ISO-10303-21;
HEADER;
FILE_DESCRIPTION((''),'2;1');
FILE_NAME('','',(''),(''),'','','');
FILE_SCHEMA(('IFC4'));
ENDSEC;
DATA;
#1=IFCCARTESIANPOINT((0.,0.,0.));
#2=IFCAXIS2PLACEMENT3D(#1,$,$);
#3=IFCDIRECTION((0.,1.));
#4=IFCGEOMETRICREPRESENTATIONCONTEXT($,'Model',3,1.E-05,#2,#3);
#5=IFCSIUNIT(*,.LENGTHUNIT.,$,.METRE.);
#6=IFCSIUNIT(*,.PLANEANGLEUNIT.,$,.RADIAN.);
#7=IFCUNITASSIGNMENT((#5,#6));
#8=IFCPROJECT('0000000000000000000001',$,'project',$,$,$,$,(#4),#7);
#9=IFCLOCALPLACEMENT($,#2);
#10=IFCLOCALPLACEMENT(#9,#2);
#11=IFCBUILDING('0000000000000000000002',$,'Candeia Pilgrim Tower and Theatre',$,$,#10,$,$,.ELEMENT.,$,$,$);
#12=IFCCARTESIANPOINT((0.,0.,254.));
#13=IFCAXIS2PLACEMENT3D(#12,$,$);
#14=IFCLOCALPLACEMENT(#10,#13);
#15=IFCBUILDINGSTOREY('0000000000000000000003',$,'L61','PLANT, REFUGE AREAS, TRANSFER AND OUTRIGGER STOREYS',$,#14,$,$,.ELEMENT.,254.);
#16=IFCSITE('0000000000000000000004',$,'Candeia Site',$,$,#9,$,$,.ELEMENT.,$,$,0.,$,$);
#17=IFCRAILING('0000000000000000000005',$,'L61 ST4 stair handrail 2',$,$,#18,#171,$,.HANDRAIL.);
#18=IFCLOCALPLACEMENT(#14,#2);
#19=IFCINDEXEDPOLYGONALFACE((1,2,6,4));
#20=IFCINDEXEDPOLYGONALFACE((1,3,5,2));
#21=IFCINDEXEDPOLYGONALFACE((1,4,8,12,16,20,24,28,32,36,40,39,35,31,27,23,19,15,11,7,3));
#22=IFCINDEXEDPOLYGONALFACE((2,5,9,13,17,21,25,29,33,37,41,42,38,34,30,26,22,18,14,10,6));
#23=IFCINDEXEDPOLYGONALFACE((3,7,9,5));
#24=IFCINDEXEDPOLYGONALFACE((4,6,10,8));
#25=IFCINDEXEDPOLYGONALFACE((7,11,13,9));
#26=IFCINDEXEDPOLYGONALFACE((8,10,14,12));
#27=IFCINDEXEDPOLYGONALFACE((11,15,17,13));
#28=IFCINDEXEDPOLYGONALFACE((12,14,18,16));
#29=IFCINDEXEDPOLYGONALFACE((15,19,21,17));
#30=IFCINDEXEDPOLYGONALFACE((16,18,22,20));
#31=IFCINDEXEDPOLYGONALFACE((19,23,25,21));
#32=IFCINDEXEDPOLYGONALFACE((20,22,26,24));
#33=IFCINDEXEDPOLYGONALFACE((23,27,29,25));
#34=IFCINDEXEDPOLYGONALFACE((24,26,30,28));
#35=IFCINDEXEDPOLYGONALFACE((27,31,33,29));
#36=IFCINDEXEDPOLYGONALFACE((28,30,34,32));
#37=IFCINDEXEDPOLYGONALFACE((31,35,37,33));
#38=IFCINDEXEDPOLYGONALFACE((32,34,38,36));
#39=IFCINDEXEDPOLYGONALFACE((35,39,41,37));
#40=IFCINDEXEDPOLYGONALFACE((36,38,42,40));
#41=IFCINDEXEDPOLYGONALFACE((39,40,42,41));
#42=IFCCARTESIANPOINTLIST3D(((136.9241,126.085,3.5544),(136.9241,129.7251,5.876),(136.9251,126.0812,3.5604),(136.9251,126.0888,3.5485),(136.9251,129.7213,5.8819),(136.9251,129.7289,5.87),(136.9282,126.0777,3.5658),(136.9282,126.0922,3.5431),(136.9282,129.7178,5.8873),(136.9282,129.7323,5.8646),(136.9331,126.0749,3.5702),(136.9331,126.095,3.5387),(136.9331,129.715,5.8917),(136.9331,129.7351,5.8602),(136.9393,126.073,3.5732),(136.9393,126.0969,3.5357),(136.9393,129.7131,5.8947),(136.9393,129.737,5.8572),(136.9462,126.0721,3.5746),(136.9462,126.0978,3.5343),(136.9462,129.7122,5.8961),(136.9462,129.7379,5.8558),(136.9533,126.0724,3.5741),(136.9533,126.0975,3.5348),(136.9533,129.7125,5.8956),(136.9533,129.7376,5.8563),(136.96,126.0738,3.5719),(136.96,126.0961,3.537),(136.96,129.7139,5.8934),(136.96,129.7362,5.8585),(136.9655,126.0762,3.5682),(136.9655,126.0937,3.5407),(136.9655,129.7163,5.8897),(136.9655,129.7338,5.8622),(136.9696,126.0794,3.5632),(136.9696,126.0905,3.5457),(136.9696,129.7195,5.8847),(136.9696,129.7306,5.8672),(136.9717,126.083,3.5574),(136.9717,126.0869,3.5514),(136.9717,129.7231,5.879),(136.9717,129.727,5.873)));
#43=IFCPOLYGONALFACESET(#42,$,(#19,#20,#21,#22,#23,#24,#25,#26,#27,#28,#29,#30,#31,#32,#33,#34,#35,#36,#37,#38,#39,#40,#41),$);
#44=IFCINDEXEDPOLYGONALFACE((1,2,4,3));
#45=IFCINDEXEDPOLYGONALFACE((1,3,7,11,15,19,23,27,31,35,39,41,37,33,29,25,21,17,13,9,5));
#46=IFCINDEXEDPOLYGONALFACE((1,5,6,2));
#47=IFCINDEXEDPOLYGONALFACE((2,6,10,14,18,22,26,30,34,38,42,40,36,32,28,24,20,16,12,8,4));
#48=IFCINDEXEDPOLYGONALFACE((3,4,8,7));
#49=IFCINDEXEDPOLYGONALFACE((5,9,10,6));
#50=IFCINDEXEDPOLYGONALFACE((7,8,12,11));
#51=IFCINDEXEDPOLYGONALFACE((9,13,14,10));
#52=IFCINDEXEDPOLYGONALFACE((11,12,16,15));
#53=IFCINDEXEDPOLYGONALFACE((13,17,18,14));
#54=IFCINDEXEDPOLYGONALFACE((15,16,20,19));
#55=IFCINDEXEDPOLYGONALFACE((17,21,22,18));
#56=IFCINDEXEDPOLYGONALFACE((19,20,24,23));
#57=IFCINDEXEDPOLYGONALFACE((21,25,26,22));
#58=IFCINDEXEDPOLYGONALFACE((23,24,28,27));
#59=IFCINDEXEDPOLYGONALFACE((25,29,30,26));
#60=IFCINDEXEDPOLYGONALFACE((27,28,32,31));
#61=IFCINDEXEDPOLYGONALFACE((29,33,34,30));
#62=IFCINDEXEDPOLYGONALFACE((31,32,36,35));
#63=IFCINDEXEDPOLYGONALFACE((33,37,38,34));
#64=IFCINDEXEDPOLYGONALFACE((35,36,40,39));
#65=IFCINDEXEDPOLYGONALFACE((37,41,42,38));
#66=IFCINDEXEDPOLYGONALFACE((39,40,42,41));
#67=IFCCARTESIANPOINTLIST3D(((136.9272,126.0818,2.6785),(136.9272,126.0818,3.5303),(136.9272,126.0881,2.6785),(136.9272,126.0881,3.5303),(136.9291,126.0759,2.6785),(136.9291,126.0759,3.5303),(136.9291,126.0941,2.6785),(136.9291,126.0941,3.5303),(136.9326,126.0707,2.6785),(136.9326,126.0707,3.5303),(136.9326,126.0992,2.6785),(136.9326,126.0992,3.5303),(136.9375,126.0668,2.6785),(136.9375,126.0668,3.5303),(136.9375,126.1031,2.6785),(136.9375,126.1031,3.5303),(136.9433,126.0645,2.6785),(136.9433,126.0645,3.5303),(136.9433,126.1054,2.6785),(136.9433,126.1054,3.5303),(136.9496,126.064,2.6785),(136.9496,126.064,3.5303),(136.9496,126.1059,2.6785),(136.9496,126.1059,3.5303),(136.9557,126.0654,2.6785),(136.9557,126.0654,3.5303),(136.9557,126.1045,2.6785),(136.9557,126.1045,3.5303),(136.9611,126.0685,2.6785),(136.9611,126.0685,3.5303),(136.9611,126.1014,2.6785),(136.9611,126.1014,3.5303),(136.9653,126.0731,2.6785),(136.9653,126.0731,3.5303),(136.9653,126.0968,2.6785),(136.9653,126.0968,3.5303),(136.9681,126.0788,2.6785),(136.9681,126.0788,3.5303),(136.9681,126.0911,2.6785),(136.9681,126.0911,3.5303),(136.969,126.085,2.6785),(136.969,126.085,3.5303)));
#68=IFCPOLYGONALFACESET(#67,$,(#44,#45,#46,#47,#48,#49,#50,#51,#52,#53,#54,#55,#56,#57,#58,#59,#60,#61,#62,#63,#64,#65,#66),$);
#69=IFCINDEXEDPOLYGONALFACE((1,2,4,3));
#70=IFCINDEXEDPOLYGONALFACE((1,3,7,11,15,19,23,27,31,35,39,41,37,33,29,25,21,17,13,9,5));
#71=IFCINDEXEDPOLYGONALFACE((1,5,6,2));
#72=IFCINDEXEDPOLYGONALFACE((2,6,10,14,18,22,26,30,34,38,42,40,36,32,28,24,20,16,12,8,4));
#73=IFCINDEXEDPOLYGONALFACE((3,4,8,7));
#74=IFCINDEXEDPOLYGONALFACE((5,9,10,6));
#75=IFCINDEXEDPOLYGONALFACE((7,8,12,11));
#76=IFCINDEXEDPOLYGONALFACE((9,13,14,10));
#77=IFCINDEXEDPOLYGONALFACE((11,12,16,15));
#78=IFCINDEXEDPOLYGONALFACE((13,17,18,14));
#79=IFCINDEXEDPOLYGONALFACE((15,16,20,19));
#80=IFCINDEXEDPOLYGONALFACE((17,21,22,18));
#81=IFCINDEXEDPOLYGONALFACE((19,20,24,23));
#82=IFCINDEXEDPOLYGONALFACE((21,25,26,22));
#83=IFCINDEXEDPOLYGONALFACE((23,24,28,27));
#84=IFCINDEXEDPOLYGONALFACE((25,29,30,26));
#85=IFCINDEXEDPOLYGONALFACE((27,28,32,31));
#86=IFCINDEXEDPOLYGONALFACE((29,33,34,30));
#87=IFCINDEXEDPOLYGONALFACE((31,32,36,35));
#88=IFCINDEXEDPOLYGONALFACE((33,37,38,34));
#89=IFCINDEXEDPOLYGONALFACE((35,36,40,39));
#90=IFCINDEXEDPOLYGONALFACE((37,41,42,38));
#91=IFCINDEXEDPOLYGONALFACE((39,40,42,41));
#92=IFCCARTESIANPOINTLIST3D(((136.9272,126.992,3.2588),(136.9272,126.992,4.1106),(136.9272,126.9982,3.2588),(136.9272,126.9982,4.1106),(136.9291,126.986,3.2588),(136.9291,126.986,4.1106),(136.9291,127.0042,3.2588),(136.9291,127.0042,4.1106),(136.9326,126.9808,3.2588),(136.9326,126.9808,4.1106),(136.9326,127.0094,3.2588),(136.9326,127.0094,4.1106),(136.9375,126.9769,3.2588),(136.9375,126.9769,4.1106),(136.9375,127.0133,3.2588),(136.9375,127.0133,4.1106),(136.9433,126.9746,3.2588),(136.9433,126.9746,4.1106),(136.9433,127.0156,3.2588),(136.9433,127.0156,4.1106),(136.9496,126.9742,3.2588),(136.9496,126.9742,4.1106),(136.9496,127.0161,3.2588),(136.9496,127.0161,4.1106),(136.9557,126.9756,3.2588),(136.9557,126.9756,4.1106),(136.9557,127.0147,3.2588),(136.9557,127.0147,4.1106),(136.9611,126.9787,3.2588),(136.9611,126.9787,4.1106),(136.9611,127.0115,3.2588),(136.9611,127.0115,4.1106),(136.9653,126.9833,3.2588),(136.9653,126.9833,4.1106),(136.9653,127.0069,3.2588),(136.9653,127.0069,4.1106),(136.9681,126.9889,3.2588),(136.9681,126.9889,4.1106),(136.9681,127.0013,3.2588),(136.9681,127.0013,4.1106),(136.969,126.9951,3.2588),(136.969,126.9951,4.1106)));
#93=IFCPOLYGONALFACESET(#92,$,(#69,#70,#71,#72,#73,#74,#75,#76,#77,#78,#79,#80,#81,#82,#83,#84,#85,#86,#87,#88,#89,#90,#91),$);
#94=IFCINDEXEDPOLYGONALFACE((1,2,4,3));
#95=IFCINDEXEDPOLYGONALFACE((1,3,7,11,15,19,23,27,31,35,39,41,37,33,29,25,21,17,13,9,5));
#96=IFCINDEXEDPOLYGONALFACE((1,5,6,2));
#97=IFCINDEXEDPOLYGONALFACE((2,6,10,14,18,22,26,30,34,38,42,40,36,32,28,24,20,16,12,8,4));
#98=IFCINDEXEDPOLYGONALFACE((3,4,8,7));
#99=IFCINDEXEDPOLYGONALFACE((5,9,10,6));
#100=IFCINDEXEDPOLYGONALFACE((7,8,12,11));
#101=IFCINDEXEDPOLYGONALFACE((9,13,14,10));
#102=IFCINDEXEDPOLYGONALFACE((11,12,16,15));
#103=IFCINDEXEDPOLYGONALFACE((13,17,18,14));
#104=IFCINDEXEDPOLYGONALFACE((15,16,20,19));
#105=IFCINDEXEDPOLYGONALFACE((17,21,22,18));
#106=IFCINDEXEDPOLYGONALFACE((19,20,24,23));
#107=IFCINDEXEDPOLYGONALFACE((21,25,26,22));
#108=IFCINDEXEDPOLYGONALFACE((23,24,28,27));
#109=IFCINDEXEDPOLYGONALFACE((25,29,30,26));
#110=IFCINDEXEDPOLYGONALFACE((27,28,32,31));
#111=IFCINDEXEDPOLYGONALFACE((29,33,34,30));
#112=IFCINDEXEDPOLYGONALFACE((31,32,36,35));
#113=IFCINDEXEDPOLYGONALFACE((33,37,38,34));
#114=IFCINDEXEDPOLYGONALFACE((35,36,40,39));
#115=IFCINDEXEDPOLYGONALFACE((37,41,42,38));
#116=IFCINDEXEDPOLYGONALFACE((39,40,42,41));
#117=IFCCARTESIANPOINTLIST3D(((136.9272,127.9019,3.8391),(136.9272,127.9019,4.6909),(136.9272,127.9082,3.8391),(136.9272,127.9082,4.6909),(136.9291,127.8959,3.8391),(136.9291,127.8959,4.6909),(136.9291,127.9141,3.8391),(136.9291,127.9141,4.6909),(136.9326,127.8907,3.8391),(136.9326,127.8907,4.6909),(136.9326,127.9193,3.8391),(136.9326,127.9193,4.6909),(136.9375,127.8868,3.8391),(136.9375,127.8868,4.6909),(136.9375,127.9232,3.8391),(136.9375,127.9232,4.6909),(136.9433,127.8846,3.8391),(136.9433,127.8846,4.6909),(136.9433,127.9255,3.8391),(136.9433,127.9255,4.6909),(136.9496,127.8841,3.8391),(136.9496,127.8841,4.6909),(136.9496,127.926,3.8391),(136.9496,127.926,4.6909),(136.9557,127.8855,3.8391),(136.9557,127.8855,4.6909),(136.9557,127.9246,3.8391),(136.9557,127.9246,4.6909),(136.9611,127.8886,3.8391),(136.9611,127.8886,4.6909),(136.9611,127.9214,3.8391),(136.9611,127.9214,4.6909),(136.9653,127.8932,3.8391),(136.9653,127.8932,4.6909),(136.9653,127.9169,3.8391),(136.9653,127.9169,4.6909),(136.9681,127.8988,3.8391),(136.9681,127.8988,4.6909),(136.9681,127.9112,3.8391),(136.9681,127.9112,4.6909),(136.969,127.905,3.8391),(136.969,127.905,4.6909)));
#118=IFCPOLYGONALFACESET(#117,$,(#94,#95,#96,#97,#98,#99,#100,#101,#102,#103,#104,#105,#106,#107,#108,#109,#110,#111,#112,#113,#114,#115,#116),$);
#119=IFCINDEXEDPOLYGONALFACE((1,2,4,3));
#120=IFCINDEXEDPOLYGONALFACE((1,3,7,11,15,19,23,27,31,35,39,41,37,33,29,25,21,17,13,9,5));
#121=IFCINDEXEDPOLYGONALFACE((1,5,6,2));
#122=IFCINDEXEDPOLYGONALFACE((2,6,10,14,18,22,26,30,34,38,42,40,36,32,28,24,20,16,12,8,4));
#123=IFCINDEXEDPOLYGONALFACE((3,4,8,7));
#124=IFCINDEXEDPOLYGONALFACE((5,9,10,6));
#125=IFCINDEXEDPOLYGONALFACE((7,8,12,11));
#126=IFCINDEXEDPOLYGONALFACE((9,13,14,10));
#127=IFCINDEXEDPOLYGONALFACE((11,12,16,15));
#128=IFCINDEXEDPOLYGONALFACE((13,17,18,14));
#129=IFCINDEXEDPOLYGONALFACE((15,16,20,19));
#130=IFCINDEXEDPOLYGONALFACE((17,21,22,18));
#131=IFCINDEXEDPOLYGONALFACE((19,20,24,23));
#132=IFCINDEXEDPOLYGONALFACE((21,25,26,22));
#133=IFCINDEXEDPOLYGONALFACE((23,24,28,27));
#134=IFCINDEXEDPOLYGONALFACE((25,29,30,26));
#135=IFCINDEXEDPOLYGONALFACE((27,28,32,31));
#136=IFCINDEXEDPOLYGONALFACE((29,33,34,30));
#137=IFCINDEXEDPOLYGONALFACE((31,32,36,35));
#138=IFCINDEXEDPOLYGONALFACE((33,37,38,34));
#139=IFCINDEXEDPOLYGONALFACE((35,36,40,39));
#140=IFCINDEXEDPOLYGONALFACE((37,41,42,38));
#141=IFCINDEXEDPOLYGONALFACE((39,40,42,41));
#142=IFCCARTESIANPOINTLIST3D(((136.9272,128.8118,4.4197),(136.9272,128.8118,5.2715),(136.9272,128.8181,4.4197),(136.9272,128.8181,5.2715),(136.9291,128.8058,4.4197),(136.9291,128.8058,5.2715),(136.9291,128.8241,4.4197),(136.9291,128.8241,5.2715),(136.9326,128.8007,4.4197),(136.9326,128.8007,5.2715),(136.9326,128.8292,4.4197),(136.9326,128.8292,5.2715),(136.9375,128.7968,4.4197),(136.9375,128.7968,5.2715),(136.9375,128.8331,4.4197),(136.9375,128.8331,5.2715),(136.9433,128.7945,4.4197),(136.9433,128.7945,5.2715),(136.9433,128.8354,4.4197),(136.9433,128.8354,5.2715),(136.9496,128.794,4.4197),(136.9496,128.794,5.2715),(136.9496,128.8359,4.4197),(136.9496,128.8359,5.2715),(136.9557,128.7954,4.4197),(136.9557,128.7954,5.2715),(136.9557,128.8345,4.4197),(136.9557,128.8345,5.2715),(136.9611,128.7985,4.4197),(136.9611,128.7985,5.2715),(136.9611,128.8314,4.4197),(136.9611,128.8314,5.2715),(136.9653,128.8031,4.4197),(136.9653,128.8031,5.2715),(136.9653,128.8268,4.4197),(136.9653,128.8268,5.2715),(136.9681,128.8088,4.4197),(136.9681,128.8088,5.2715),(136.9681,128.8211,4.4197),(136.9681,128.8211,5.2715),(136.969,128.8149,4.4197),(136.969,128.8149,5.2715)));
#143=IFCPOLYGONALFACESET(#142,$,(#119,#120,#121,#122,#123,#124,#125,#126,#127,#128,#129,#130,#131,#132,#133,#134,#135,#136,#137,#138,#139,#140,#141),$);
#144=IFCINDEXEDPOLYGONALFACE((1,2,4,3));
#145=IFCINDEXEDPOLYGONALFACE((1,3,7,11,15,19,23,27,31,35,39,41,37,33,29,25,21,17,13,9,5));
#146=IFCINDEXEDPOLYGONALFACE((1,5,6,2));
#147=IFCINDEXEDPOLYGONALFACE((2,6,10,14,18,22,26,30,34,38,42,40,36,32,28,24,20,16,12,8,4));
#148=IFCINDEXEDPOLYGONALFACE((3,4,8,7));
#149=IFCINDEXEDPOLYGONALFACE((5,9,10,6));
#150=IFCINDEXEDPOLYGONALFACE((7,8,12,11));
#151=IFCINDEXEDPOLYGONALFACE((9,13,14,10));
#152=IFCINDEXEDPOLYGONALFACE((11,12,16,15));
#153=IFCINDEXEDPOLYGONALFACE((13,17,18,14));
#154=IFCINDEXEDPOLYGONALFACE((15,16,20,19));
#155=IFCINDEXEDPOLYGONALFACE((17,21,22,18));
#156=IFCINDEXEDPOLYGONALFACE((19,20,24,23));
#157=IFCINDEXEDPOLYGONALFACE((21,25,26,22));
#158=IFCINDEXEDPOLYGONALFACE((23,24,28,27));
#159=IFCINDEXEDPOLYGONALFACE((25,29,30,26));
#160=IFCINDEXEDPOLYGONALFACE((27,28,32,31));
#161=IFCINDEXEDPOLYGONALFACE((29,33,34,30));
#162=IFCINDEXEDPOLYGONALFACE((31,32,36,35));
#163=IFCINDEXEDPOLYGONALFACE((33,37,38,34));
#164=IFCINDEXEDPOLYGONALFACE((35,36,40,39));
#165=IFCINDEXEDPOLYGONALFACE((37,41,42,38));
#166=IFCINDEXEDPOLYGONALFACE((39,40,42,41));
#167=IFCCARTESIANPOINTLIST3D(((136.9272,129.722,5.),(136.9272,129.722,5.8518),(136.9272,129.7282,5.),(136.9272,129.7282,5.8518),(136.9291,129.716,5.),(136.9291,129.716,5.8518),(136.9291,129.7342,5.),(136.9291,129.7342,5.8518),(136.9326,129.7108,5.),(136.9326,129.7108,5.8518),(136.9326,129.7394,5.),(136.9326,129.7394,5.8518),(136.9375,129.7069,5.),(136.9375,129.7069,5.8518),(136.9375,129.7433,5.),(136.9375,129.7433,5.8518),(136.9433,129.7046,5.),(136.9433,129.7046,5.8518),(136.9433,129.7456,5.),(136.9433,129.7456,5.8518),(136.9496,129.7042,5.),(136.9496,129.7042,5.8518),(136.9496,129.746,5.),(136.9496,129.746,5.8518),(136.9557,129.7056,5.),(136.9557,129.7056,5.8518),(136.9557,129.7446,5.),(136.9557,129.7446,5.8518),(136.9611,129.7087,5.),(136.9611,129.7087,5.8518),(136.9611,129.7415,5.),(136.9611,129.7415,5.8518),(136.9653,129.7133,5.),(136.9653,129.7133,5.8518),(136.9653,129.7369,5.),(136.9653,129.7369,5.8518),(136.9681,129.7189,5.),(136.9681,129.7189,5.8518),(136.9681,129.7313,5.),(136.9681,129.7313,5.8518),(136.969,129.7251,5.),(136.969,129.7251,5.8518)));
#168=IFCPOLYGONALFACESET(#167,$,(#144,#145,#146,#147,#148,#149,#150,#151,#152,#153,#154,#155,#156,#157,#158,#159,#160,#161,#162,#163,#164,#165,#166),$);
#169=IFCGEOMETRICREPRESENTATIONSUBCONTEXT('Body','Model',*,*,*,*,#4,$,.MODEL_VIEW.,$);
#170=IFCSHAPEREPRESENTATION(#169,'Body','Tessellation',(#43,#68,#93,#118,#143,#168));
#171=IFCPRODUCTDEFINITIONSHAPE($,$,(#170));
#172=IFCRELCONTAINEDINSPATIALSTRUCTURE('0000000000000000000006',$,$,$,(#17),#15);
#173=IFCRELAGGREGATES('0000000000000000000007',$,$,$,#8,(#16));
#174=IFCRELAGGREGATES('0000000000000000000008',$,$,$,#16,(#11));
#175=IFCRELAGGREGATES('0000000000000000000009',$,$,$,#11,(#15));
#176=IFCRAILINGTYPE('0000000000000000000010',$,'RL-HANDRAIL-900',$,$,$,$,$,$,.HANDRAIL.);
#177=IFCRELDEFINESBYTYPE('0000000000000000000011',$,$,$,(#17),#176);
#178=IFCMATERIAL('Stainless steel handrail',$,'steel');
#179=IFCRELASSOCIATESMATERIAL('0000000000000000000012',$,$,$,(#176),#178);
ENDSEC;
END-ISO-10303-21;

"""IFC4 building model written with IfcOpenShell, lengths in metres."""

from ifc_helpers import new_model, si_unit, direction, frame, origin, origin_2d, place, context, subcontext, project, spatial, circle, extrude, material, type_object, element, save


model = new_model("IFC4")

# Units and contexts
model_context = context("Model", 3, precision=1e-05, world=origin(), true_north=direction((0.0, 1.0)))
body_context = subcontext(model_context, "Body", "Model", "MODEL_VIEW")
ifc_project = project(units=[si_unit("LENGTHUNIT", "METRE"), si_unit("PLANEANGLEUNIT", "RADIAN")], contexts=[model_context])

# Site, building, storey
site_placement = place(None, origin())
site = spatial("IfcSite", under=ifc_project, at=site_placement, Name="Candeia Site", CompositionType="ELEMENT", RefElevation=0.0)
building_placement = place(site_placement, origin())
building = spatial("IfcBuilding", under=site, at=building_placement, Name="Candeia Pilgrim Tower and Theatre", CompositionType="ELEMENT")
storey_placement = place(building_placement, frame((0.0, 0.0, 254.0)))
storey = spatial("IfcBuildingStorey", under=building, at=storey_placement, Name="L61", Description="PLANT, REFUGE AREAS, TRANSFER AND OUTRIGGER STOREYS", CompositionType="ELEMENT", Elevation=254.0)

# Railing
ifc_material_1 = material(Name="Stainless steel handrail", Category="steel")
railing_type_1 = type_object("IfcRailingType", Name="RL-HANDRAIL-900", PredefinedType="HANDRAIL", material=ifc_material_1)
railing_1_placement = place(storey_placement, frame((136.948, 126.085, 2.6785)))
element("IfcRailing", 1, at=railing_1_placement, inside=storey, type_object=railing_type_1, Name="L61 ST4 stair handrail 2", PredefinedType="HANDRAIL", context=body_context, shape_type="SweptSolid", body=[
    extrude(circle(Radius=0.0239, at=origin_2d()), frame((0.0, 0.0, 0.876), z_axis=(0.0, 0.843128, 0.537713), x_axis=(-1.0, 0.0, 0.0)), (0.0, 0.0, 1.0), 4.3174),
    extrude(circle(Radius=0.021, at=origin_2d()), origin(), (0.0, 0.0, 1.0), 0.8518),
    extrude(circle(Radius=0.021, at=origin_2d()), frame((0.0, 0.9102, 0.5803)), (0.0, 0.0, 1.0), 0.8518),
    extrude(circle(Radius=0.021, at=origin_2d()), frame((0.0, 1.8201, 1.1606)), (0.0, 0.0, 1.0), 0.8518),
    extrude(circle(Radius=0.021, at=origin_2d()), frame((0.0, 2.73, 1.7412)), (0.0, 0.0, 1.0), 0.8518),
    extrude(circle(Radius=0.021, at=origin_2d()), frame((0.0, 3.6401, 2.3215)), (0.0, 0.0, 1.0), 0.8518),
])

save(model, "model.ifc")
